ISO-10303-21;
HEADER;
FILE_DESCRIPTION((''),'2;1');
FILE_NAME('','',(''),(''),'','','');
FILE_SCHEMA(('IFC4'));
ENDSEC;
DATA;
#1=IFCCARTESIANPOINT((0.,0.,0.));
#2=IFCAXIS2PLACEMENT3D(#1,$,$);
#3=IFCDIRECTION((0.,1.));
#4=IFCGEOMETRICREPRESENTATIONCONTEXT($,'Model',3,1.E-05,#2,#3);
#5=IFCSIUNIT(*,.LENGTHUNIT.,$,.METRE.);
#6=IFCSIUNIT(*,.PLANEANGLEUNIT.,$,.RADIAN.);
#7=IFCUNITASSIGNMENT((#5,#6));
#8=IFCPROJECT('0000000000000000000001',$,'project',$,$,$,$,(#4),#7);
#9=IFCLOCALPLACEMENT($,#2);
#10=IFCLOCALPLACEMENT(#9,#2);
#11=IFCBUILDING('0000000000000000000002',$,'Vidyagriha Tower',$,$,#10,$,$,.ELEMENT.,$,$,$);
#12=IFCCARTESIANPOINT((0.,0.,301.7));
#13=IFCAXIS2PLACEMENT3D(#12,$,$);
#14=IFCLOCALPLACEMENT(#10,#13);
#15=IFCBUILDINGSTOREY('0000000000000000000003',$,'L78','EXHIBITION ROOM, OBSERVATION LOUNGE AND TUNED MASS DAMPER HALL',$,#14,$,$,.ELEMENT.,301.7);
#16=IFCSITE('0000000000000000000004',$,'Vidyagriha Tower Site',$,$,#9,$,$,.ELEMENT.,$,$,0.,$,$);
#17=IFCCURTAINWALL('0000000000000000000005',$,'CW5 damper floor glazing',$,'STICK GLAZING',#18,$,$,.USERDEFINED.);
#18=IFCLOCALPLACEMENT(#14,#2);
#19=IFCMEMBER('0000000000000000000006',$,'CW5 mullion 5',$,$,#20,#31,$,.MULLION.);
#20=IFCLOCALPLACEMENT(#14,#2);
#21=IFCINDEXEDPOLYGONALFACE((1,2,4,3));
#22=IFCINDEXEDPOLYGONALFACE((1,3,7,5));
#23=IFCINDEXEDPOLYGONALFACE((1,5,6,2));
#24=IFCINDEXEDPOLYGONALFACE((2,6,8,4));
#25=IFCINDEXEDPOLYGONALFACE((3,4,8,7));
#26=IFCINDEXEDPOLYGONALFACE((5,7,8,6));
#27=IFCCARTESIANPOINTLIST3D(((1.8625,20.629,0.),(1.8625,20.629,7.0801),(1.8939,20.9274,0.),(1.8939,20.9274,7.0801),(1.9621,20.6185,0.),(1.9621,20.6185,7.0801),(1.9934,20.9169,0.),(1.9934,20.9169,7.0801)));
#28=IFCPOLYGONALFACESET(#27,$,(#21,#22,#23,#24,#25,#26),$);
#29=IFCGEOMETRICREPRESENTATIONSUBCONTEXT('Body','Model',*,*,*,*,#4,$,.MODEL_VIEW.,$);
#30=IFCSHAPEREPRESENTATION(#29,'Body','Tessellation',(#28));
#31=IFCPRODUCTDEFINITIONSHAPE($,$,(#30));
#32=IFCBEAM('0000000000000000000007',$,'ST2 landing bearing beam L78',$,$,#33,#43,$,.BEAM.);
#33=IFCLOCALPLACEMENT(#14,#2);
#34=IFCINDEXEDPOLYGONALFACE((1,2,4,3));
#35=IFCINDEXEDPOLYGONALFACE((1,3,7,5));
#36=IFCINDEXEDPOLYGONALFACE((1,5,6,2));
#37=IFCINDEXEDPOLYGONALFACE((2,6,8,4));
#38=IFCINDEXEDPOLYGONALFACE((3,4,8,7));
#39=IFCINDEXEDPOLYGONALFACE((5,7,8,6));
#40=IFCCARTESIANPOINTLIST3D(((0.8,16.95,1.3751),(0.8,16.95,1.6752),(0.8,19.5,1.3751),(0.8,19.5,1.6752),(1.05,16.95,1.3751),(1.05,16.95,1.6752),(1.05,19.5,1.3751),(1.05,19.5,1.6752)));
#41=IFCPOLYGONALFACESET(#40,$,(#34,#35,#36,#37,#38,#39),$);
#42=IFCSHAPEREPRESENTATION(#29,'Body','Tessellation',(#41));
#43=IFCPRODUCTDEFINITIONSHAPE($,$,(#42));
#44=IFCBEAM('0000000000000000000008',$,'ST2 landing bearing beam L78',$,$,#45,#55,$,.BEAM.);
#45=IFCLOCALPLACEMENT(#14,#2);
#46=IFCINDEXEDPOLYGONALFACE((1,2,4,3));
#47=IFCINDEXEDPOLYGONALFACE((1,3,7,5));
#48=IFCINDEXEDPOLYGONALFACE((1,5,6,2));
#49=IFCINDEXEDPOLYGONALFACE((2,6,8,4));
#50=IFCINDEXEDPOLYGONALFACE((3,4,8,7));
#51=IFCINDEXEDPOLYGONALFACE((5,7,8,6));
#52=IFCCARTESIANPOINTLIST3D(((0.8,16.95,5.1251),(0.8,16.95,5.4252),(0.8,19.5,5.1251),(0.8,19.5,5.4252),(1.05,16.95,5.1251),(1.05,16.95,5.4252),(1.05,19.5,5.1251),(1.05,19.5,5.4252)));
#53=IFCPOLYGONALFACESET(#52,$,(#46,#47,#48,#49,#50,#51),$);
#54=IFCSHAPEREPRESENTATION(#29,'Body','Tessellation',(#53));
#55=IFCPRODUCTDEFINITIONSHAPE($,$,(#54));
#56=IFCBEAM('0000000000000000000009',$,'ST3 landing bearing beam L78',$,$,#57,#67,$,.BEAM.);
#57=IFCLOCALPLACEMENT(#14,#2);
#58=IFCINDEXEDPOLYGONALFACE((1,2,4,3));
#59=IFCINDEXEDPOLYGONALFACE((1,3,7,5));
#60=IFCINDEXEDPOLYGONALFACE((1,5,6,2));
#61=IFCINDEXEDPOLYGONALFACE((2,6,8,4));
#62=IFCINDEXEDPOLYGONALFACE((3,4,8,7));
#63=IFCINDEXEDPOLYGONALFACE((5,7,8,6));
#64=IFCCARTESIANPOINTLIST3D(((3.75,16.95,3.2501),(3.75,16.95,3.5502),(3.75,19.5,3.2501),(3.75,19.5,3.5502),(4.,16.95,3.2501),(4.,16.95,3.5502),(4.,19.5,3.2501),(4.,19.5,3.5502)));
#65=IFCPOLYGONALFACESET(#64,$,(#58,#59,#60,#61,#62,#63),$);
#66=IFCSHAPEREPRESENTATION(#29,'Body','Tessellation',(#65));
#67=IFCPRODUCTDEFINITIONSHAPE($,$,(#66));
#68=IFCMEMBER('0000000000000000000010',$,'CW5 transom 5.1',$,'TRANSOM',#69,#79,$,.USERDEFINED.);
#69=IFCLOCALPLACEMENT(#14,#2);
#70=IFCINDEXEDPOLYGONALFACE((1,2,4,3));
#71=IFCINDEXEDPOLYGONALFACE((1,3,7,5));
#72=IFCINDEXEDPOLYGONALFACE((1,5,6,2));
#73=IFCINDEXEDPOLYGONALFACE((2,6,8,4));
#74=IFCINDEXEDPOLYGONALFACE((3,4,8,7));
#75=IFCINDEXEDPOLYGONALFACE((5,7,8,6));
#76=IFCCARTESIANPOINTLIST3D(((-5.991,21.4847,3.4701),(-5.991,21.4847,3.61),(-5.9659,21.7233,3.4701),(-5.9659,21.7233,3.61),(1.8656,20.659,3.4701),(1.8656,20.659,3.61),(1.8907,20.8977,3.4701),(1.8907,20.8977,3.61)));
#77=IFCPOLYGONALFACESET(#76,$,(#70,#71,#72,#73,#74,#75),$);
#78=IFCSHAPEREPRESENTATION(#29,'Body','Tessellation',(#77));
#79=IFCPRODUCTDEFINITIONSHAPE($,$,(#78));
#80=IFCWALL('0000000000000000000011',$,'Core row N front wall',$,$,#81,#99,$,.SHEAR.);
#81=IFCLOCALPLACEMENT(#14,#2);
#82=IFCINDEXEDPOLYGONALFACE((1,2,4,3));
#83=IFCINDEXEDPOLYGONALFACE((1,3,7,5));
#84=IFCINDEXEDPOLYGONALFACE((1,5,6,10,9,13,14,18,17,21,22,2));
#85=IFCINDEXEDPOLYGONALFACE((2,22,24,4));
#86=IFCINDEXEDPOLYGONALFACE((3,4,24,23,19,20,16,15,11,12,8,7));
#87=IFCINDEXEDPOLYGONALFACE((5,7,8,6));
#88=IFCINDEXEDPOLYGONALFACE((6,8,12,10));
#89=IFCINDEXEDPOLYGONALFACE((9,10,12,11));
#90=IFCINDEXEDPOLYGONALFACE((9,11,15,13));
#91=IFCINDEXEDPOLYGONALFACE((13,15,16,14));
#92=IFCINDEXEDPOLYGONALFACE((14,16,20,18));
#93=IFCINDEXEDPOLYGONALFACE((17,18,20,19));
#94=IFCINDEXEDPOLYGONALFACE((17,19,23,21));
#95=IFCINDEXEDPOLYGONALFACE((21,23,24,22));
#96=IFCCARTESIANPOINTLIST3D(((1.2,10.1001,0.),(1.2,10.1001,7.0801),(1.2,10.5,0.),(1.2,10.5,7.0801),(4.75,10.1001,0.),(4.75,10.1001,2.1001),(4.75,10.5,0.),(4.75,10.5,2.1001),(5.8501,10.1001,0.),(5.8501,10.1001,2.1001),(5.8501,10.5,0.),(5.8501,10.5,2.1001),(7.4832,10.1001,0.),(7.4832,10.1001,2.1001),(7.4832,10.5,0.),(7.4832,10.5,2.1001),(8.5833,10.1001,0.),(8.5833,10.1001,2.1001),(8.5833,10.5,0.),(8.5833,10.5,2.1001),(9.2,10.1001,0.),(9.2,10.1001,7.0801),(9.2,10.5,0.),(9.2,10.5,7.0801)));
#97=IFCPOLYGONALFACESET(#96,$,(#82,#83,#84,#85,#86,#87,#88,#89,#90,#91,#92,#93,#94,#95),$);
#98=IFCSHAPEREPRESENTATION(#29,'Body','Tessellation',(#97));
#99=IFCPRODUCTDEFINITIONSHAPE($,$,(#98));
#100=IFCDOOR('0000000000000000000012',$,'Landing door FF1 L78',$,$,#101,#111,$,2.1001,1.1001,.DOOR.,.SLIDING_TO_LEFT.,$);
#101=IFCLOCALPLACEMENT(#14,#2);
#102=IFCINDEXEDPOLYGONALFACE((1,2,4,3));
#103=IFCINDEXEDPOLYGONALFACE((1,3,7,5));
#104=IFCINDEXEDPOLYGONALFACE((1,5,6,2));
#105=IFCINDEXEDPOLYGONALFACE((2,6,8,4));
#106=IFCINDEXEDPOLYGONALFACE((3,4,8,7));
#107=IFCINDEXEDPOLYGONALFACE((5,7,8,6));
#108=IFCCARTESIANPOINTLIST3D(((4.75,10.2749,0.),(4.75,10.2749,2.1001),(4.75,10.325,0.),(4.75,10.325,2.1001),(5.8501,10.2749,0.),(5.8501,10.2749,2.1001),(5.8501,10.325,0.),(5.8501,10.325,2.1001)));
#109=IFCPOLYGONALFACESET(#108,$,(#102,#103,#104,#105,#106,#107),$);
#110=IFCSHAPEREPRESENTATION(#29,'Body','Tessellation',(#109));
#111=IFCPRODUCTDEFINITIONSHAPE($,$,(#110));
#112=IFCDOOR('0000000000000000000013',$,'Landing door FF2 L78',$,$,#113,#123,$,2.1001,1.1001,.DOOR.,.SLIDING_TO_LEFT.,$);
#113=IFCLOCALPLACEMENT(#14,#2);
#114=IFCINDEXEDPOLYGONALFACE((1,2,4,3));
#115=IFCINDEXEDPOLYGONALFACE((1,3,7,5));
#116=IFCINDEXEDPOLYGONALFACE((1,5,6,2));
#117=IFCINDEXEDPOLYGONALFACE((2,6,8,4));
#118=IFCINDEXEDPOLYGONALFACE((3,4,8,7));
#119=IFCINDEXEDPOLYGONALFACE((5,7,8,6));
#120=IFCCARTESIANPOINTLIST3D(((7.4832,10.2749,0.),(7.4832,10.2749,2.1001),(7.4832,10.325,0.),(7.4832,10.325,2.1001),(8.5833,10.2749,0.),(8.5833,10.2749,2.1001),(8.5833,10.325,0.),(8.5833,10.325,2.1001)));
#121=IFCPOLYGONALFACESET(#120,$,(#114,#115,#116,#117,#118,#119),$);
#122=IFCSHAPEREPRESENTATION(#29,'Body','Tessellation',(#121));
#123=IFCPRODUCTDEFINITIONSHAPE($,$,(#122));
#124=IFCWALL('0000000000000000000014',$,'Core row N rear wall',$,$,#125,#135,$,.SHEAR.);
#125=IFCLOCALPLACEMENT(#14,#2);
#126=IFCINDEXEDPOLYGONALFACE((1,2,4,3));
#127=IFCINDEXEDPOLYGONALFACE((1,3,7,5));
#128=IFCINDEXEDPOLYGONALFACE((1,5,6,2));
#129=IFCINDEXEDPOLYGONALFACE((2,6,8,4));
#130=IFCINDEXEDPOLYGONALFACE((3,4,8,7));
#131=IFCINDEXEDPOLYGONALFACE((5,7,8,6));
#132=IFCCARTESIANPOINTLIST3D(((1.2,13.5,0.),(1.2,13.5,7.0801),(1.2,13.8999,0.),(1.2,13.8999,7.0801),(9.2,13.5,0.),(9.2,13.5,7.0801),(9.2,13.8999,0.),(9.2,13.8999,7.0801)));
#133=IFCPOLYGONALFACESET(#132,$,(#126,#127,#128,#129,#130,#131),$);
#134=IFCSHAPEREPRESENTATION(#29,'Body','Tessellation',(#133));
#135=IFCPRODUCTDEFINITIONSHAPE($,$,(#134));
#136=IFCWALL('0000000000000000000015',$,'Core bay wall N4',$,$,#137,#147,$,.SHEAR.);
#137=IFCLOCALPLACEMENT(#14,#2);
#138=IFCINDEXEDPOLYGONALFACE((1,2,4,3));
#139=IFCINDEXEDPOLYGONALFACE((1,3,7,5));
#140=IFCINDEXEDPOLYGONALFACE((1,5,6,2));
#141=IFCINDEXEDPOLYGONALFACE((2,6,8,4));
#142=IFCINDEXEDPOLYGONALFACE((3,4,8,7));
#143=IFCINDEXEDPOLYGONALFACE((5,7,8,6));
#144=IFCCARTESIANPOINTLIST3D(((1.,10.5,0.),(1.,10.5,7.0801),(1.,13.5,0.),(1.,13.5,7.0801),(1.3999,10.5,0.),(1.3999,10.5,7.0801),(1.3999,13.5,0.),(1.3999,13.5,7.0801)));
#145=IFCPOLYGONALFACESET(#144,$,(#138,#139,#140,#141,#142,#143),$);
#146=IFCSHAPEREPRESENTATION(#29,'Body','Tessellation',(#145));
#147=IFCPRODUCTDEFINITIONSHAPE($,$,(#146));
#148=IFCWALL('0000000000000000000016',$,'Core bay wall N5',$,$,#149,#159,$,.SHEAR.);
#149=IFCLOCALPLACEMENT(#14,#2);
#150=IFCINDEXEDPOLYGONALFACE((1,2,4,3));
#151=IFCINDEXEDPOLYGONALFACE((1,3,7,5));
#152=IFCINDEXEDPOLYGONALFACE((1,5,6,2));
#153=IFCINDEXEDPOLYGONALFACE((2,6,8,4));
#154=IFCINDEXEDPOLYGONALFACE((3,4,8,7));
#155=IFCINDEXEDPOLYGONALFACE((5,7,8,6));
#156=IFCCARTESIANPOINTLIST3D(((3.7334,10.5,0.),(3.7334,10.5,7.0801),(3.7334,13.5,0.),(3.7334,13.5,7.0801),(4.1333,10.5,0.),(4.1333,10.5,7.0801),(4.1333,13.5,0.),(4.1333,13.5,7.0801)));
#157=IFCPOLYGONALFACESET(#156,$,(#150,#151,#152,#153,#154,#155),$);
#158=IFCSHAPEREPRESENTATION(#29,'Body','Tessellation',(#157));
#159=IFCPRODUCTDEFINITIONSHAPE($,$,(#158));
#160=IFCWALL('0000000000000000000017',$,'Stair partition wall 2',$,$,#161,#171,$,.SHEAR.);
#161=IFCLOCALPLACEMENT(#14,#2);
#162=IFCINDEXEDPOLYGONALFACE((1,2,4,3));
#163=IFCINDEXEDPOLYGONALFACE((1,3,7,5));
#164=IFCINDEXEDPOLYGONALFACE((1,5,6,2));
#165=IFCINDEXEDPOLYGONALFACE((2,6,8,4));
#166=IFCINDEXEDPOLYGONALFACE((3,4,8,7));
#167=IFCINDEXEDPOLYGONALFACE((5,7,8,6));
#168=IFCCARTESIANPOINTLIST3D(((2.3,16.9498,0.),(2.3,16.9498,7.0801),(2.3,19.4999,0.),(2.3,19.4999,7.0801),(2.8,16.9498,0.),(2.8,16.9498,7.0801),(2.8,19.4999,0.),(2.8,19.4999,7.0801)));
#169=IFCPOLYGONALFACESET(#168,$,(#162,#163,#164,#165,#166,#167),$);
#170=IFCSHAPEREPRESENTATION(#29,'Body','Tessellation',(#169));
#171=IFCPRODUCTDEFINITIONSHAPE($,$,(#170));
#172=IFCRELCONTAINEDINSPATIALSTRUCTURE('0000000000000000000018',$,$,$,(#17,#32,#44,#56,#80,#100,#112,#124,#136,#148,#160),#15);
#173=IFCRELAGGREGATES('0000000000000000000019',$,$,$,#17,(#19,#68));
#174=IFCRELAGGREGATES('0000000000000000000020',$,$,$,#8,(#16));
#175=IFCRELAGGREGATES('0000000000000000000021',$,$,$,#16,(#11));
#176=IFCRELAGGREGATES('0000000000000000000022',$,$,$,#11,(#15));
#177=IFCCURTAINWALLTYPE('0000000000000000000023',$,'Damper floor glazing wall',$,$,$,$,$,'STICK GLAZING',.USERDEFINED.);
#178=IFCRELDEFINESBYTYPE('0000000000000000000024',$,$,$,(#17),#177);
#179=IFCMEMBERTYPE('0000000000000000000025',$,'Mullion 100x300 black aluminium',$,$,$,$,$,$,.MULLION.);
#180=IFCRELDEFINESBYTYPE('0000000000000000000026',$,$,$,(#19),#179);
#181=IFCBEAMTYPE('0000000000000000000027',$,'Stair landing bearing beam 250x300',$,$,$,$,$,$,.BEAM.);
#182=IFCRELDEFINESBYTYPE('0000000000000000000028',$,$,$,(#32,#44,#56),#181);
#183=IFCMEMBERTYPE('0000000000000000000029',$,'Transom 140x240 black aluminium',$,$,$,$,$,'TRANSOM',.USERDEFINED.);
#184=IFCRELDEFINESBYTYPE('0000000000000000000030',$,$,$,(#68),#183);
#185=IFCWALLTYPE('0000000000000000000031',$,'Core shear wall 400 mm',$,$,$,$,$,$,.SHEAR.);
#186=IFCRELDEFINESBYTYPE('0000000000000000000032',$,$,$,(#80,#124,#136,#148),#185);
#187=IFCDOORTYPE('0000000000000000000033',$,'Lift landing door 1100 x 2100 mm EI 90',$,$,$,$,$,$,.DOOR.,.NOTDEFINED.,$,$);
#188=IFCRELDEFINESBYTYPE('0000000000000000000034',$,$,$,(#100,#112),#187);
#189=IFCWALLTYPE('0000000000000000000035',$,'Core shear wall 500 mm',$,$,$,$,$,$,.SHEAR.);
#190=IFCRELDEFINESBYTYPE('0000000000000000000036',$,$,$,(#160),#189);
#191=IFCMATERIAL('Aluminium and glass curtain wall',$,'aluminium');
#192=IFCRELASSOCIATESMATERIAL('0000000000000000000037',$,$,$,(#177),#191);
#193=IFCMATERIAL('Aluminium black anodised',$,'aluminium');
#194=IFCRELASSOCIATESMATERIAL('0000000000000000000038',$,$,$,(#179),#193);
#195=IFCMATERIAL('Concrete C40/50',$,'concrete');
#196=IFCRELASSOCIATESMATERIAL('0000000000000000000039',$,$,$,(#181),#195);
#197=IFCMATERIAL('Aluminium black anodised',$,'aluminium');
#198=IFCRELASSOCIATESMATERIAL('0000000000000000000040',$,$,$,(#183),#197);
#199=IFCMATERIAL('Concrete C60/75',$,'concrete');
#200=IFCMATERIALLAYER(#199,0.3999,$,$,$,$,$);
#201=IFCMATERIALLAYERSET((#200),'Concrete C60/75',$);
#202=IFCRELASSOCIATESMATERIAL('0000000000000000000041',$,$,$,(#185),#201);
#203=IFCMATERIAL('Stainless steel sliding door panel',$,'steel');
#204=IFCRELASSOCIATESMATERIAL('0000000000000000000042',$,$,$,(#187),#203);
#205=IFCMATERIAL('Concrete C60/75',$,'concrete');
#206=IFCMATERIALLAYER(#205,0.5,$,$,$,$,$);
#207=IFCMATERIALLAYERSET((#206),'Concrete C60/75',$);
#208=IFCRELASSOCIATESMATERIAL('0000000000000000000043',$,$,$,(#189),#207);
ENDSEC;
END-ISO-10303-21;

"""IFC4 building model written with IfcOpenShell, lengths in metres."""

from ifc_helpers import new_model, si_unit, direction, frame, frame_2d, origin, origin_2d, place, context, subcontext, project, spatial, rectangle, extrude, material, layer, layer_set, material_profile, profile_set, type_object, element, fill, aggregate, save


model = new_model("IFC4")

# Units and contexts
model_context = context("Model", 3, precision=1e-05, world=origin(), true_north=direction((0.0, 1.0)))
body_context = subcontext(model_context, "Body", "Model", "MODEL_VIEW")
ifc_project = project(units=[si_unit("LENGTHUNIT", "METRE"), si_unit("PLANEANGLEUNIT", "RADIAN")], contexts=[model_context])

# Site, building, storey
site_placement = place(None, origin())
site = spatial("IfcSite", under=ifc_project, at=site_placement, Name="Vidyagriha Tower Site", CompositionType="ELEMENT", RefElevation=0.0)
building_placement = place(site_placement, origin())
building = spatial("IfcBuilding", under=site, at=building_placement, Name="Vidyagriha Tower", CompositionType="ELEMENT")
storey_placement = place(building_placement, frame((0.0, 0.0, 301.7)))
storey = spatial("IfcBuildingStorey", under=building, at=storey_placement, Name="L78", Description="EXHIBITION ROOM, OBSERVATION LOUNGE AND TUNED MASS DAMPER HALL", CompositionType="ELEMENT", Elevation=301.7)

# Curtain wall, member
ifc_material_1 = material(Name="Aluminium and glass curtain wall", Category="aluminium")
curtain_wall_type = type_object("IfcCurtainWallType", Name="Damper floor glazing wall", ElementType="STICK GLAZING", PredefinedType="USERDEFINED", material=ifc_material_1)
curtain_wall_placement = place(storey_placement, origin())
curtain_wall = element("IfcCurtainWall", 1, at=curtain_wall_placement, inside=storey, type_object=curtain_wall_type, Name="CW5 damper floor glazing", ObjectType="STICK GLAZING", PredefinedType="USERDEFINED")
ifc_material_2 = material(Name="Aluminium black anodised", Category="aluminium")
ifc_material_profile_1 = material_profile(ifc_material_2, rectangle(XDim=0.3, YDim=0.1001, at=origin_2d()), Name="Mullion 100x300 black aluminium")
ifc_profile_set_1 = profile_set([ifc_material_profile_1], Name="Aluminium black anodised")
member_type_1 = type_object("IfcMemberType", Name="Mullion 100x300 black aluminium", PredefinedType="MULLION", material=ifc_profile_set_1)
member_1_placement = place(storey_placement, frame((1.928, 20.7729, 0.0), z_axis=(0.0, 0.0, 1.0), x_axis=(-0.104528, -0.994522, 0.0)))
member_1 = element("IfcMember", 2, at=member_1_placement, type_object=member_type_1, Name="CW5 mullion 5", PredefinedType="MULLION", context=body_context, shape_type="SweptSolid", body=[
    extrude(rectangle(XDim=0.3, YDim=0.1001, at=origin_2d()), origin(), (0.0, 0.0, 1.0), 7.0801),
])

# Beams
ifc_material_3 = material(Name="Concrete C40/50", Category="concrete")
ifc_material_profile_2 = material_profile(ifc_material_3, rectangle(XDim=0.25, YDim=0.3, at=origin_2d()), Name="Stair landing bearing beam 250x300")
ifc_profile_set_2 = profile_set([ifc_material_profile_2], Name="Concrete C40/50")
beam_type = type_object("IfcBeamType", Name="Stair landing bearing beam 250x300", PredefinedType="BEAM", material=ifc_profile_set_2)
for number, where, z_axis, x_axis, name in (
    (3, (0.925, 16.95, 1.5251), (0.0, 1.0, 0.0), (-1.0, 0.0, 0.0), "ST2 landing bearing beam L78"),
    (4, (0.925, 16.95, 5.2751), (0.0, 1.0, 0.0), (-1.0, 0.0, 0.0), "ST2 landing bearing beam L78"),
    (5, (3.875, 16.95, 3.4001), (0.0, 1.0, 0.0), (-1.0, 0.0, 0.0), "ST3 landing bearing beam L78"),
):
    element("IfcBeam", number, at=place(storey_placement, frame(where, z_axis=z_axis, x_axis=x_axis)), inside=storey, type_object=beam_type, Name=name, PredefinedType="BEAM", context=body_context, shape_type="SweptSolid", body=[
        extrude(rectangle(XDim=0.25, YDim=0.3, at=origin_2d()), origin(), (0.0, 0.0, 1.0), 2.55),
    ])

# Member
ifc_material_4 = material(Name="Aluminium black anodised", Category="aluminium")
ifc_material_profile_3 = material_profile(ifc_material_4, rectangle(XDim=0.24, YDim=0.1399, at=origin_2d()), Name="Transom 140x240 black aluminium")
ifc_profile_set_3 = profile_set([ifc_material_profile_3], Name="Aluminium black anodised")
member_type_2 = type_object("IfcMemberType", Name="Transom 140x240 black aluminium", ElementType="TRANSOM", PredefinedType="USERDEFINED", material=ifc_profile_set_3)
member_2_placement = place(storey_placement, frame((1.8782, 20.7783, 3.54), z_axis=(-0.994523, 0.104517, 0.0), x_axis=(-0.104517, -0.994523, 0.0)))
member_2 = element("IfcMember", 6, at=member_2_placement, type_object=member_type_2, Name="CW5 transom 5.1", ObjectType="TRANSOM", PredefinedType="USERDEFINED", context=body_context, shape_type="SweptSolid", body=[
    extrude(rectangle(XDim=0.24, YDim=0.1399, at=origin_2d()), origin(), (0.0, 0.0, 1.0), 7.8999),
])
aggregate(curtain_wall, [member_1, member_2])

# Wall, openings, doors
ifc_material_5 = material(Name="Concrete C60/75", Category="concrete")
ifc_layer_1 = layer(ifc_material_5, 0.3999)
ifc_layer_set_1 = layer_set([ifc_layer_1], Name="Concrete C60/75")
wall_type_1 = type_object("IfcWallType", Name="Core shear wall 400 mm", PredefinedType="SHEAR", material=ifc_layer_set_1)
wall_1_placement = place(storey_placement, frame((1.2, 10.3, 0.0)))
wall_1 = element("IfcWall", 7, at=wall_1_placement, inside=storey, type_object=wall_type_1, Name="Core row N front wall", PredefinedType="SHEAR", context=body_context, shape_type="SweptSolid", body=[
    extrude(rectangle(XDim=8.0, YDim=0.3999, at=frame_2d((4.0, 0.0))), origin(), (0.0, 0.0, 1.0), 7.0801),
])
opening_1_placement = place(wall_1_placement, frame((3.55, 0.0, 0.0)))
opening_1 = element("IfcOpeningElement", 8, at=opening_1_placement, cuts=wall_1, PredefinedType="OPENING", context=body_context, shape_type="SweptSolid", body=[
    extrude(rectangle(XDim=1.1001, YDim=2.1001, at=frame_2d((0.55, 1.05))), frame((0.0, 0.21, 0.0), z_axis=(0.0, -1.0, 0.0), x_axis=(1.0, 0.0, 0.0)), (0.0, 0.0, 1.0), 0.4199),
])
opening_2_placement = place(wall_1_placement, frame((6.2832, 0.0, 0.0)))
opening_2 = element("IfcOpeningElement", 9, at=opening_2_placement, cuts=wall_1, PredefinedType="OPENING", context=body_context, shape_type="SweptSolid", body=[
    extrude(rectangle(XDim=1.1001, YDim=2.1001, at=frame_2d((0.55, 1.05))), frame((0.0, 0.21, 0.0), z_axis=(0.0, -1.0, 0.0), x_axis=(1.0, 0.0, 0.0)), (0.0, 0.0, 1.0), 0.4199),
])
ifc_material_6 = material(Name="Stainless steel sliding door panel", Category="steel")
door_type = type_object("IfcDoorType", Name="Lift landing door 1100 x 2100 mm EI 90", OperationType="NOTDEFINED", PredefinedType="DOOR", material=ifc_material_6)
door_1_placement = place(opening_1_placement, origin())
door_1 = element("IfcDoor", 10, at=door_1_placement, inside=storey, type_object=door_type, Name="Landing door FF1 L78", OperationType="SLIDING_TO_LEFT", OverallHeight=2.1001, OverallWidth=1.1001, PredefinedType="DOOR", context=body_context, shape_type="SweptSolid", body=[
    extrude(rectangle(XDim=1.1001, YDim=2.1001, at=frame_2d((0.55, 1.05))), frame((0.0, 0.0249, 0.0), z_axis=(0.0, -1.0, 0.0), x_axis=(1.0, 0.0, 0.0)), (0.0, 0.0, 1.0), 0.05),
])
fill(opening_1, door_1)
door_2_placement = place(opening_2_placement, origin())
door_2 = element("IfcDoor", 11, at=door_2_placement, inside=storey, type_object=door_type, Name="Landing door FF2 L78", OperationType="SLIDING_TO_LEFT", OverallHeight=2.1001, OverallWidth=1.1001, PredefinedType="DOOR", context=body_context, shape_type="SweptSolid", body=[
    extrude(rectangle(XDim=1.1001, YDim=2.1001, at=frame_2d((0.55, 1.05))), frame((0.0, 0.0249, 0.0), z_axis=(0.0, -1.0, 0.0), x_axis=(1.0, 0.0, 0.0)), (0.0, 0.0, 1.0), 0.05),
])
fill(opening_2, door_2)

# Walls
wall_2_placement = place(storey_placement, frame((1.2, 13.7, 0.0)))
element("IfcWall", 12, at=wall_2_placement, inside=storey, type_object=wall_type_1, Name="Core row N rear wall", PredefinedType="SHEAR", context=body_context, shape_type="SweptSolid", body=[
    extrude(rectangle(XDim=8.0, YDim=0.3999, at=frame_2d((4.0, 0.0))), origin(), (0.0, 0.0, 1.0), 7.0801),
])
for number, where, z_axis, x_axis, name in (
    (13, (1.2, 10.5, 0.0), (0.0, 0.0, 1.0), (0.0, 1.0, 0.0), "Core bay wall N4"),
    (14, (3.9333, 10.5, 0.0), (0.0, 0.0, 1.0), (0.0, 1.0, 0.0), "Core bay wall N5"),
):
    element("IfcWall", number, at=place(storey_placement, frame(where, z_axis=z_axis, x_axis=x_axis)), inside=storey, type_object=wall_type_1, Name=name, PredefinedType="SHEAR", context=body_context, shape_type="SweptSolid", body=[
        extrude(rectangle(XDim=3.0, YDim=0.3999, at=frame_2d((1.5, 0.0))), origin(), (0.0, 0.0, 1.0), 7.0801),
    ])
ifc_material_7 = material(Name="Concrete C60/75", Category="concrete")
ifc_layer_2 = layer(ifc_material_7, 0.5)
ifc_layer_set_2 = layer_set([ifc_layer_2], Name="Concrete C60/75")
wall_type_2 = type_object("IfcWallType", Name="Core shear wall 500 mm", PredefinedType="SHEAR", material=ifc_layer_set_2)
wall_3_placement = place(storey_placement, frame((2.55, 16.95, 0.0), z_axis=(0.0, 0.0, 1.0), x_axis=(0.0, 1.0, 0.0)))
element("IfcWall", 15, at=wall_3_placement, inside=storey, type_object=wall_type_2, Name="Stair partition wall 2", PredefinedType="SHEAR", context=body_context, shape_type="SweptSolid", body=[
    extrude(rectangle(XDim=2.55, YDim=0.5, at=frame_2d((1.2749, 0.0))), origin(), (0.0, 0.0, 1.0), 7.0801),
])

save(model, "model.ifc")
